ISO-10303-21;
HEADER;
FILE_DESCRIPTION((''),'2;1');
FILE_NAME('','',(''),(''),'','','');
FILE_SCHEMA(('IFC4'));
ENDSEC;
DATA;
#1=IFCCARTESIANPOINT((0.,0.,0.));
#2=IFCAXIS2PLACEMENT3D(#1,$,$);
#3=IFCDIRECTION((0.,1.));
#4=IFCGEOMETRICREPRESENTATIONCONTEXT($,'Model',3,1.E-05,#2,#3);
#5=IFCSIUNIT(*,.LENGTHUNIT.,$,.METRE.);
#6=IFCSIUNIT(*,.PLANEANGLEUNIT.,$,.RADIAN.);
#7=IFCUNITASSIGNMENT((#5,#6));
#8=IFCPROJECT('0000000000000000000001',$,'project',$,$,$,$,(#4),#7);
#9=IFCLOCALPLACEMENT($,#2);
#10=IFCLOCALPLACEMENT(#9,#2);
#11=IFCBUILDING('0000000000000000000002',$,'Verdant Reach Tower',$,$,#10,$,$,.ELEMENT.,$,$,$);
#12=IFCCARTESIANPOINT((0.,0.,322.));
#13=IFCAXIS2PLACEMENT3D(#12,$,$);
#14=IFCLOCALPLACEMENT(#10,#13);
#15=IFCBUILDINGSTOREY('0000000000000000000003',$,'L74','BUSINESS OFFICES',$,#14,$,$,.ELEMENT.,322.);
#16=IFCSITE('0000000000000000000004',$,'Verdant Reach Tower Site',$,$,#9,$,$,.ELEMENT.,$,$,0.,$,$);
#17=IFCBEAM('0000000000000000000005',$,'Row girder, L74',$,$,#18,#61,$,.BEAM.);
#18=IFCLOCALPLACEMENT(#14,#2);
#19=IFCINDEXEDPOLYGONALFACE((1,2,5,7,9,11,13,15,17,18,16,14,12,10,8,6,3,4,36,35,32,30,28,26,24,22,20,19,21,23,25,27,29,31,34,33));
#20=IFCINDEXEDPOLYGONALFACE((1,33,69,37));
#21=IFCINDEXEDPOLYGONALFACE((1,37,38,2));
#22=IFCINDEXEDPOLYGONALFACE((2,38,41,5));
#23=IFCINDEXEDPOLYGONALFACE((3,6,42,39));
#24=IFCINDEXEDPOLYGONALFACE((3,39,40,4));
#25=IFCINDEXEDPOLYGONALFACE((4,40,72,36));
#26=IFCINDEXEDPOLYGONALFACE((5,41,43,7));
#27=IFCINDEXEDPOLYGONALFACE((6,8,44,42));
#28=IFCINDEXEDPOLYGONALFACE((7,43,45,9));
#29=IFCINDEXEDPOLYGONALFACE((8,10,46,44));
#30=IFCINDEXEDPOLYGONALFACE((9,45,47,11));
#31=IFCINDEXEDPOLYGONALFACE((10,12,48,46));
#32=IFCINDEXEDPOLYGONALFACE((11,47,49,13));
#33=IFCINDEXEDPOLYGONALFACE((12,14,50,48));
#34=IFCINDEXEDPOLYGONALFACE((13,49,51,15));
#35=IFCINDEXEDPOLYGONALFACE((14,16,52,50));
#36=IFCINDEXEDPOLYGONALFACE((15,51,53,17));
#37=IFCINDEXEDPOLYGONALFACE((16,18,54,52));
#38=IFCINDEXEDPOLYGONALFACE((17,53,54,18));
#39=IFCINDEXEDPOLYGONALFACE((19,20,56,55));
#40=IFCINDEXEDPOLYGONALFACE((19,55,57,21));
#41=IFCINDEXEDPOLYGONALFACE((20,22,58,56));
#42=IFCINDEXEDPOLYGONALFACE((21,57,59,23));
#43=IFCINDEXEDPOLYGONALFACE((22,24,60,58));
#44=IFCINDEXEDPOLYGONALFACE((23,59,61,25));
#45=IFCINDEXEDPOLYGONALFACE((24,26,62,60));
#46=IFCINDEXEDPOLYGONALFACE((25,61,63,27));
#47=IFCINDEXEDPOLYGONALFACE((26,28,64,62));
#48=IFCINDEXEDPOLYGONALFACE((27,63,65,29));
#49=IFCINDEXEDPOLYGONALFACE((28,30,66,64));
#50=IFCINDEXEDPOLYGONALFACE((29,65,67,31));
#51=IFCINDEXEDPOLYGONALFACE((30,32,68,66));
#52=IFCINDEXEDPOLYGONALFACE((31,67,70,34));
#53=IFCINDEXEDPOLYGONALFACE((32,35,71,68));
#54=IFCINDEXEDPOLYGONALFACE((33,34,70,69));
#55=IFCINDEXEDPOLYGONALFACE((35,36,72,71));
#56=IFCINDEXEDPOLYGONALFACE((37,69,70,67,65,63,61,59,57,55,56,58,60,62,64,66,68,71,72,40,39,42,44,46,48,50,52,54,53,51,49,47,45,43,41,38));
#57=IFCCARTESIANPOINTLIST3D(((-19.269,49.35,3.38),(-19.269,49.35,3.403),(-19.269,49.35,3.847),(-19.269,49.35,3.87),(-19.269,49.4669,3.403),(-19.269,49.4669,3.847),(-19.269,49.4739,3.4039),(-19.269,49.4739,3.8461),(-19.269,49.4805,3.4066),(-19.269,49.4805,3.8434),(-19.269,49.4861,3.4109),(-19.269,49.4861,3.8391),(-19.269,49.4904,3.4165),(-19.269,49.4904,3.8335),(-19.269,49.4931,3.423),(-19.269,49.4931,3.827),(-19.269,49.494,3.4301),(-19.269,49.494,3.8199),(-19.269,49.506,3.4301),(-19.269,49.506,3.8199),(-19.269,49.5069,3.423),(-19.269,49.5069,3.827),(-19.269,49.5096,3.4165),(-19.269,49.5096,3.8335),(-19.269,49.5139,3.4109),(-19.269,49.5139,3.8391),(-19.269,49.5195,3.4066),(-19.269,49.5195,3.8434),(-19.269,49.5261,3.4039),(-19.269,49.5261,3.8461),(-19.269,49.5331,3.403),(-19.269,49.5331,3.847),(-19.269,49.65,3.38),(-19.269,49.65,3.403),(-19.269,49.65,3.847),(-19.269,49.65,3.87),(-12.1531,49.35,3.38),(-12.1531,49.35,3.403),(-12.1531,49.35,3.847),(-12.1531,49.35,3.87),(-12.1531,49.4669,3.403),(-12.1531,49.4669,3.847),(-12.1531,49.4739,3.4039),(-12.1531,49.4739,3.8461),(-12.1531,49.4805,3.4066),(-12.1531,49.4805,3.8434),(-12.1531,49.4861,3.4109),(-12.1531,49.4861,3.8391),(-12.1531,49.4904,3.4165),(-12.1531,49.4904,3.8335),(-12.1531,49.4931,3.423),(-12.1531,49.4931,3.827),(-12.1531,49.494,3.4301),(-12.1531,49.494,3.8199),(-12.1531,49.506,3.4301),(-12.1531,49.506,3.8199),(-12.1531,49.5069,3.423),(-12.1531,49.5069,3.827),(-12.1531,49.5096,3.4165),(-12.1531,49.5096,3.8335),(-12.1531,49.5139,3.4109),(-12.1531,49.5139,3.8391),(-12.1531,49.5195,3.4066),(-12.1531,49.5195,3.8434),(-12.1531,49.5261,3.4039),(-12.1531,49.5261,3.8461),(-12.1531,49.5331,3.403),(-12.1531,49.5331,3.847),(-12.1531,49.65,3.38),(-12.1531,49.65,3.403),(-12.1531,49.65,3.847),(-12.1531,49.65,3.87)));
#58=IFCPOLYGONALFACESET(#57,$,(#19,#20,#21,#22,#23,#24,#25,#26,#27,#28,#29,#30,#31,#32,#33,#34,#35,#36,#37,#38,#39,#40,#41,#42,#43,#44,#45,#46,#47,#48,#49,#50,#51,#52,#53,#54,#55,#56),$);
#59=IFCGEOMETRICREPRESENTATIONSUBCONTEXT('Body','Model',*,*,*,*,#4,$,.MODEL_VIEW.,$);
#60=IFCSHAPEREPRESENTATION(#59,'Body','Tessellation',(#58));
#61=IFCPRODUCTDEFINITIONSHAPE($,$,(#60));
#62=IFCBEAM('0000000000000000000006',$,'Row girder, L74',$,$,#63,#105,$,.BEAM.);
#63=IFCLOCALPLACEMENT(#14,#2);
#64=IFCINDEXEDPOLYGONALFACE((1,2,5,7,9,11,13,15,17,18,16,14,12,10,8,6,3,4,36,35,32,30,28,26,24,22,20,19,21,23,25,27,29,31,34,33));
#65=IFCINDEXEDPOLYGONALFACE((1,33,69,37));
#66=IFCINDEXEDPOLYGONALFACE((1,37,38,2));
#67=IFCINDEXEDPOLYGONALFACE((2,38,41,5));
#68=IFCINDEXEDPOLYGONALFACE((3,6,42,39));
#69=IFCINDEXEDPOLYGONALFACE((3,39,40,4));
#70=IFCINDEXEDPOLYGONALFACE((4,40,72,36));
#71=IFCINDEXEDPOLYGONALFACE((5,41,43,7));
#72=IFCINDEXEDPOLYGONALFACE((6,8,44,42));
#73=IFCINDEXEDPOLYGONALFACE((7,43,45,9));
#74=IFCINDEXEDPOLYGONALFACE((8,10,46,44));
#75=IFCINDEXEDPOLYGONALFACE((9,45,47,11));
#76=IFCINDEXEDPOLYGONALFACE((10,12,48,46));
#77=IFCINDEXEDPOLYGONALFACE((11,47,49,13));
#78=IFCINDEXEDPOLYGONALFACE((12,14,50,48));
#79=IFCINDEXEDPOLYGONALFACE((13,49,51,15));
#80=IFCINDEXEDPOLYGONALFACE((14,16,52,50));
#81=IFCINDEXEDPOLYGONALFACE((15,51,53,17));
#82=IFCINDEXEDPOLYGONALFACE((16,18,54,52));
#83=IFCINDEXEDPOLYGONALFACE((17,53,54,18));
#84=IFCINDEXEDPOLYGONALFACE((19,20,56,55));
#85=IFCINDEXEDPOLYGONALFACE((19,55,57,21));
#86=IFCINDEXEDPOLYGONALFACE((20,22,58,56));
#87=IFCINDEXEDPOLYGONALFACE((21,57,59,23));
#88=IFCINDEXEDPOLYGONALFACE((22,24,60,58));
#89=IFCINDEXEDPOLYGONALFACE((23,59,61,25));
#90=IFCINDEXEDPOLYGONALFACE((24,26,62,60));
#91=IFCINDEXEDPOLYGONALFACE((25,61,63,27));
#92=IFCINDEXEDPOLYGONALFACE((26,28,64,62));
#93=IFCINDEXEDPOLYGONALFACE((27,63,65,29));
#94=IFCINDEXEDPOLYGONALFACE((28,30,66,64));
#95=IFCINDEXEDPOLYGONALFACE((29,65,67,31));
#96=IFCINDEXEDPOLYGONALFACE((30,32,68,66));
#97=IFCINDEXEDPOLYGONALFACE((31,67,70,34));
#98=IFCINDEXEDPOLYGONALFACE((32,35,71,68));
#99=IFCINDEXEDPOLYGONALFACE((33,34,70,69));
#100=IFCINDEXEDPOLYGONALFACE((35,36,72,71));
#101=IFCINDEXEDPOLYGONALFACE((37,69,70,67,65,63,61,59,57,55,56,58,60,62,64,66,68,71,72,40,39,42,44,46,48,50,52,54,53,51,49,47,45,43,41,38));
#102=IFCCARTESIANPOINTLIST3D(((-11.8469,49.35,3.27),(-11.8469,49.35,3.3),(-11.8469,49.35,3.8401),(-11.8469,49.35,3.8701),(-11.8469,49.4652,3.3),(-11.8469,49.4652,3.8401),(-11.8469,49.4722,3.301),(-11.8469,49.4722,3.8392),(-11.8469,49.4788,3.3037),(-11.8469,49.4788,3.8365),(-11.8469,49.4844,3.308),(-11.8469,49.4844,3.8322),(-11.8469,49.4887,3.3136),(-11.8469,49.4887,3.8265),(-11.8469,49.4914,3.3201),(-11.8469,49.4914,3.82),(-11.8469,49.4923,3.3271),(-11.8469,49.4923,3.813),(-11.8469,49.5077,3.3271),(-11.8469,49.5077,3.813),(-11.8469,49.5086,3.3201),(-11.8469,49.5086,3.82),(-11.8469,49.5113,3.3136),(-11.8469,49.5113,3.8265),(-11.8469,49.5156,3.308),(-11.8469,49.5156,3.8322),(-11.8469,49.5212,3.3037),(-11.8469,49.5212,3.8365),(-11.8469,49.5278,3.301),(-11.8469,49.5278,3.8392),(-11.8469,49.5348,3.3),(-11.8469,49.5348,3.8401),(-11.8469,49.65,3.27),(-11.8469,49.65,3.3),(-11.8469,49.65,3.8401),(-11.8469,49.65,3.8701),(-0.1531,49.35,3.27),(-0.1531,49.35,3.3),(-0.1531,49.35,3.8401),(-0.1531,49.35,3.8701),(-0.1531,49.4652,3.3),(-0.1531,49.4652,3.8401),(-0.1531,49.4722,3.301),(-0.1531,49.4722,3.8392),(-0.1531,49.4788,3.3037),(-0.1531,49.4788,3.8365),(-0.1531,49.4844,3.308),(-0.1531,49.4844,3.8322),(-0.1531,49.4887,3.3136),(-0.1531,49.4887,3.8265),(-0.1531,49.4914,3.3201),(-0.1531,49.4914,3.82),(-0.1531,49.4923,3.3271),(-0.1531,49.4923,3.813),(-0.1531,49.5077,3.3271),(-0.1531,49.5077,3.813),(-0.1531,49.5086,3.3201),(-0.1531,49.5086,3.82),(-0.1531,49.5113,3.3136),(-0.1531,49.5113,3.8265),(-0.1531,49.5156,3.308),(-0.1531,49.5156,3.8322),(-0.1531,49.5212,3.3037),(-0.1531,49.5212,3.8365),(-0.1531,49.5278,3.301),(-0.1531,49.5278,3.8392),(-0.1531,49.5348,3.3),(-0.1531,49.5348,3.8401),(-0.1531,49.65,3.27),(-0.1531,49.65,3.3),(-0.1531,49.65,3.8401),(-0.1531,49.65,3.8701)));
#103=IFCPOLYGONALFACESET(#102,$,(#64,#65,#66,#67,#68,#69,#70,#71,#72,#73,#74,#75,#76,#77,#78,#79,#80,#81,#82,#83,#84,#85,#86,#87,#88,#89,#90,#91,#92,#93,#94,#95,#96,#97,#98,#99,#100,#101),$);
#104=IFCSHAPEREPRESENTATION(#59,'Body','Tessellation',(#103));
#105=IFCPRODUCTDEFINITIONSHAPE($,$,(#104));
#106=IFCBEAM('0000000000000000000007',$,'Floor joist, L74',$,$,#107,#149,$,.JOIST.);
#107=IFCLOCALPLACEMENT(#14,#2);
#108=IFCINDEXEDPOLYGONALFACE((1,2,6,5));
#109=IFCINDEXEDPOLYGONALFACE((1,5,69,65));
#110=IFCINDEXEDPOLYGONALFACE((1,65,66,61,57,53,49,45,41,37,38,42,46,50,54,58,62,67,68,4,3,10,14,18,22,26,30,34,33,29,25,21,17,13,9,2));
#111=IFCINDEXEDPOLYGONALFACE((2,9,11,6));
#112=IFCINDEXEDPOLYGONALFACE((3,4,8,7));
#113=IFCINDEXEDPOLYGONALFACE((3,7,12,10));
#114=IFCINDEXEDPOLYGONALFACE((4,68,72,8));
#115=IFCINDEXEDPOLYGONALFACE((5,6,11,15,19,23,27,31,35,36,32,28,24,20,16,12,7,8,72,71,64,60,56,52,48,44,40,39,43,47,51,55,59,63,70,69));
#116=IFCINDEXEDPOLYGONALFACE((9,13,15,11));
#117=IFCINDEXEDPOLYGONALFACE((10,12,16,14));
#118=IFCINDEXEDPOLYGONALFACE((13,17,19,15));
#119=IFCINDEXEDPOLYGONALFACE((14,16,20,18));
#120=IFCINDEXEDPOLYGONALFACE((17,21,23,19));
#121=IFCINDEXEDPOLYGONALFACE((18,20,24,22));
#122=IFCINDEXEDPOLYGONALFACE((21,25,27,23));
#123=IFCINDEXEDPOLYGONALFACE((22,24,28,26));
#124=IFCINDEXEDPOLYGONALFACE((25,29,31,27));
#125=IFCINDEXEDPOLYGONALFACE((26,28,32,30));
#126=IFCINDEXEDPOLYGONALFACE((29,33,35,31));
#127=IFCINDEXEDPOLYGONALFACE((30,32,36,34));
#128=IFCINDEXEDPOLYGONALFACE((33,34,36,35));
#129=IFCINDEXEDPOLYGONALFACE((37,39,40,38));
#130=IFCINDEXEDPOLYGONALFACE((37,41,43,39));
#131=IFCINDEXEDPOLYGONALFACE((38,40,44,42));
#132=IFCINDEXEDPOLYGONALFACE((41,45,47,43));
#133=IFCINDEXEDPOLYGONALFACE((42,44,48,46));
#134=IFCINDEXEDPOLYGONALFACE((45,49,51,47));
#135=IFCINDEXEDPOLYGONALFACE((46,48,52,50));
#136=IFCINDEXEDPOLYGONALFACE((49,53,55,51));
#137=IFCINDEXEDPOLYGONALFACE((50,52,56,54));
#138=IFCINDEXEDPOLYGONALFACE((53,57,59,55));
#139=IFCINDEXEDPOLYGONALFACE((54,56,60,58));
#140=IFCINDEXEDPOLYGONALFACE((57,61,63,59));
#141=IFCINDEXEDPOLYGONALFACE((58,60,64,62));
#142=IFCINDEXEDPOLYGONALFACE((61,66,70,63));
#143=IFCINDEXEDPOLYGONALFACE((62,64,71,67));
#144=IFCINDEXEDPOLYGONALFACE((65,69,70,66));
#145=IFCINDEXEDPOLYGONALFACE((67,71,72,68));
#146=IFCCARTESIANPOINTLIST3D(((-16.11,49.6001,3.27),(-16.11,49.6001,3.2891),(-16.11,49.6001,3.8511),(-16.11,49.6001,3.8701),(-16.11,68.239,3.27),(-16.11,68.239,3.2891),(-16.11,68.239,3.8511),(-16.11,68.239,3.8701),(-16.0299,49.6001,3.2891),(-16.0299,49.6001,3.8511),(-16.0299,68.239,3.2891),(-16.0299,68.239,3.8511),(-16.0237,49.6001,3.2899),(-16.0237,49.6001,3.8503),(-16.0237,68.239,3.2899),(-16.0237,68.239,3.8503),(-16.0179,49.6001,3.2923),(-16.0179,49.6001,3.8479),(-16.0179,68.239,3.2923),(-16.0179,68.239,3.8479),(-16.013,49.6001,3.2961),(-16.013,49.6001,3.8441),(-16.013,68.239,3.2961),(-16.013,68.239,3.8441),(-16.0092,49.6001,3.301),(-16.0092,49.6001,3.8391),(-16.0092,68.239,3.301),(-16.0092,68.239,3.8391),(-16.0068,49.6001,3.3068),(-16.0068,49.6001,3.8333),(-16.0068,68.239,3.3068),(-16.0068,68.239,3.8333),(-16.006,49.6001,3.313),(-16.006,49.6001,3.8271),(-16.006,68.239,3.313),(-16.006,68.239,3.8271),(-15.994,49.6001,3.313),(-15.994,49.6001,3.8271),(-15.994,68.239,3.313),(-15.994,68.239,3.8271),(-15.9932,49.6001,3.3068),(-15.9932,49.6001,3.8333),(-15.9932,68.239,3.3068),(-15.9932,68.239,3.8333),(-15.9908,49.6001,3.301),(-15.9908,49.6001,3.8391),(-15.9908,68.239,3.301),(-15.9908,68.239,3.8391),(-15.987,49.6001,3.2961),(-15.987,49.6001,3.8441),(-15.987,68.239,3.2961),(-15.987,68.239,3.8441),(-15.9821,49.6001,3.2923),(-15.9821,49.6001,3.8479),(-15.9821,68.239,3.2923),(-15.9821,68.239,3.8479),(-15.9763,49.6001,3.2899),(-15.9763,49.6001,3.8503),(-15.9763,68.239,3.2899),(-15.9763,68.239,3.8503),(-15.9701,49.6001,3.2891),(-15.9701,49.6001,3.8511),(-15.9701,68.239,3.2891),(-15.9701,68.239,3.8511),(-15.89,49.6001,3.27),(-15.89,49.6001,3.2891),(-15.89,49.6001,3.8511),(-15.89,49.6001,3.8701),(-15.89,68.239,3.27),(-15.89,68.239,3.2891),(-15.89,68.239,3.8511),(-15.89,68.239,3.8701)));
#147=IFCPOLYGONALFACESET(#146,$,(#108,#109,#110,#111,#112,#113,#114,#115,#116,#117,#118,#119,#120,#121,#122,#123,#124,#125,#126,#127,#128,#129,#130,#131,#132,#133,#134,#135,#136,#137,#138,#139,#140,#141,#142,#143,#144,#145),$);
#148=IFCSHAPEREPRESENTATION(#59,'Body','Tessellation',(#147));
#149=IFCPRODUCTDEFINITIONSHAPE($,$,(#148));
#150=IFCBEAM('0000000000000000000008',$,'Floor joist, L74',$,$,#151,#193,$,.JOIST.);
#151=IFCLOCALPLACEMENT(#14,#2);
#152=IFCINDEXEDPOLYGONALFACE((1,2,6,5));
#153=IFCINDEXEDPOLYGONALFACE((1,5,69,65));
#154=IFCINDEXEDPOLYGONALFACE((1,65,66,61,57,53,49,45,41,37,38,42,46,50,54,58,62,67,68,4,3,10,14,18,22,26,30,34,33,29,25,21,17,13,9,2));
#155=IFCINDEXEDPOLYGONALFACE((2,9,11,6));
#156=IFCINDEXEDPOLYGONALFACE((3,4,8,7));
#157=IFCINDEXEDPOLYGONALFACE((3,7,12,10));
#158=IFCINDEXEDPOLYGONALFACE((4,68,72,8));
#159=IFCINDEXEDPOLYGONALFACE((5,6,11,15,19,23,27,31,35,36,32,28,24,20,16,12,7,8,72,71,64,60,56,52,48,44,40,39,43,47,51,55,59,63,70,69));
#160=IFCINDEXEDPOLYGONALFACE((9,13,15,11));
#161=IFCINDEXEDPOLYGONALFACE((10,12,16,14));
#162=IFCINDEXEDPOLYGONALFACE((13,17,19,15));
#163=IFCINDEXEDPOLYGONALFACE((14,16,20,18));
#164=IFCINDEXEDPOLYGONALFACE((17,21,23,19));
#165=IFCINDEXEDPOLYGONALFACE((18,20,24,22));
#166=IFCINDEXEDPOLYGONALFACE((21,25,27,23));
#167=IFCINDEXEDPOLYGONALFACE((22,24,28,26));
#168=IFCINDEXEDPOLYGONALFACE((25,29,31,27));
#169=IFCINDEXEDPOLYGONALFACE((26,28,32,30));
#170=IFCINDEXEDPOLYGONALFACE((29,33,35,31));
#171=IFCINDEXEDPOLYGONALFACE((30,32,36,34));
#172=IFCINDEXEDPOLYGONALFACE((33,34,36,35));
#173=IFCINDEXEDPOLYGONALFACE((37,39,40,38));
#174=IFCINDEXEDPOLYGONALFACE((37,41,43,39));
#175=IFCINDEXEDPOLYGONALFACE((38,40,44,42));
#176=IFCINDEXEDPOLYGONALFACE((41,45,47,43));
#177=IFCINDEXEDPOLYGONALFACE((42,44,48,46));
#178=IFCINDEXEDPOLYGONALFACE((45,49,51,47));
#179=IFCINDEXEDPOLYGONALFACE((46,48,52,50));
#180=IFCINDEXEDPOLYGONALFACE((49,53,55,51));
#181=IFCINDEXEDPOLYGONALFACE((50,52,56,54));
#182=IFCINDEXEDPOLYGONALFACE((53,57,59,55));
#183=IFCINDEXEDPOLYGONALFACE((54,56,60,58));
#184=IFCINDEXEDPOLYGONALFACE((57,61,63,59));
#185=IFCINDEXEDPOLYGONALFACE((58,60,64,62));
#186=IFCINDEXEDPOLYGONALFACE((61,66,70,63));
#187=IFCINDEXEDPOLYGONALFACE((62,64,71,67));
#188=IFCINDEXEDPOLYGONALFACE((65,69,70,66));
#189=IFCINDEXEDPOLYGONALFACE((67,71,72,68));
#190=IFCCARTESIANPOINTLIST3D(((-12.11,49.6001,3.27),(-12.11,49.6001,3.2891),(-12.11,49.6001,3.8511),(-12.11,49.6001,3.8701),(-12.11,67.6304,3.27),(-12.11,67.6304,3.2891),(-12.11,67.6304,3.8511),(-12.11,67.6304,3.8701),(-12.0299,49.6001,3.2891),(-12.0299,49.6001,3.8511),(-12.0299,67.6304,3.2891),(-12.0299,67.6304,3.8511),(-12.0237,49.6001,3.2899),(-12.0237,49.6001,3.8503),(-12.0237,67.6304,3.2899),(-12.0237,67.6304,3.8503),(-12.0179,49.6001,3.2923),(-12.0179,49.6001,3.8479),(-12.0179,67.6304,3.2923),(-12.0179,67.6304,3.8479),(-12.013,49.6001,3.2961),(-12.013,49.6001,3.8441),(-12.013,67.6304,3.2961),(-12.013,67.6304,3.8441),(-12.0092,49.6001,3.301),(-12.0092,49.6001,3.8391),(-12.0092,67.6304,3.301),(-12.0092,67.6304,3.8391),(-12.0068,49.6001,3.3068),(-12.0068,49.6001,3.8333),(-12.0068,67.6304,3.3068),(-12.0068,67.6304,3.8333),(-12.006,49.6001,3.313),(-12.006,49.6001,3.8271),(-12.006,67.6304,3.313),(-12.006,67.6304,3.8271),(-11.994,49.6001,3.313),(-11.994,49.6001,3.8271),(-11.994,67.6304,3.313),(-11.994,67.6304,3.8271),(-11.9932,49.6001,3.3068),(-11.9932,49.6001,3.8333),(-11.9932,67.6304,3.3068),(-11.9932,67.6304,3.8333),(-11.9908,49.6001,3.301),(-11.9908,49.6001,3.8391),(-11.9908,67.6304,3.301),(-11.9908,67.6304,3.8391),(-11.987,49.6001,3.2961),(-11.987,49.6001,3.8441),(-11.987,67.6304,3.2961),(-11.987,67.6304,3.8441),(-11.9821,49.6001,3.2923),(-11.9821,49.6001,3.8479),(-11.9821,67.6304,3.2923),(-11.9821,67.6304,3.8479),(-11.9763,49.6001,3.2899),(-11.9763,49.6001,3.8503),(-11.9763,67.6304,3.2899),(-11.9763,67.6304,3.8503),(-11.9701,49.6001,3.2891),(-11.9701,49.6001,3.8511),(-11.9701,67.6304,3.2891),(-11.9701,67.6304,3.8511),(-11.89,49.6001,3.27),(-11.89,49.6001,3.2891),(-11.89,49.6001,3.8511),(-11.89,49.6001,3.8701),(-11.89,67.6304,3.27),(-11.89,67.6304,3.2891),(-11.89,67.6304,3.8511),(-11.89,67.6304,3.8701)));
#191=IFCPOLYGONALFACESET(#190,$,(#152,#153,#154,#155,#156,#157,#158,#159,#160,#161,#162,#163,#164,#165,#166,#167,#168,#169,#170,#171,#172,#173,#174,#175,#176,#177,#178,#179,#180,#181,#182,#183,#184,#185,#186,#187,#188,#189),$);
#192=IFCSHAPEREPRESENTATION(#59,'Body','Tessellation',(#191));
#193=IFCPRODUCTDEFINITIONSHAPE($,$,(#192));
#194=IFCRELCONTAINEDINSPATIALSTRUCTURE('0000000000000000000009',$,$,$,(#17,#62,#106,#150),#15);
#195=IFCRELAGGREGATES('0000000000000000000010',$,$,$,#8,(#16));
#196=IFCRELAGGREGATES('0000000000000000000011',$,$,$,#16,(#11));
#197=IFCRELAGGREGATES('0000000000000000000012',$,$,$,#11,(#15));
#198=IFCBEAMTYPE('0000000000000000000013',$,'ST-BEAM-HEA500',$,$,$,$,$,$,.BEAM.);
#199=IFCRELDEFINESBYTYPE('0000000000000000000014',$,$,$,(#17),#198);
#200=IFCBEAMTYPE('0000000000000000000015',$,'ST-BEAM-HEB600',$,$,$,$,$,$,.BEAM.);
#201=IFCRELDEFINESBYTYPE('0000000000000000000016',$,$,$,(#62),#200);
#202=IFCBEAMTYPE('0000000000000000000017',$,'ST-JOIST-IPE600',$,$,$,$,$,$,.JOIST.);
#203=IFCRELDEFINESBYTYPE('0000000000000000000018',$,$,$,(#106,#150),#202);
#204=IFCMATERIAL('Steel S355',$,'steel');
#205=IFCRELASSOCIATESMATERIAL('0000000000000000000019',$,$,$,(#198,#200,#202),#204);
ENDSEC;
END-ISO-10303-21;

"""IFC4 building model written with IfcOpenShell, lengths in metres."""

from ifc_helpers import new_model, si_unit, direction, frame, origin, origin_2d, place, context, subcontext, project, spatial, i_section, extrude, material, material_profile, profile_set, type_object, element, save


model = new_model("IFC4")

# Units and contexts
model_context = context("Model", 3, precision=1e-05, world=origin(), true_north=direction((0.0, 1.0)))
body_context = subcontext(model_context, "Body", "Model", "MODEL_VIEW")
ifc_project = project(units=[si_unit("LENGTHUNIT", "METRE"), si_unit("PLANEANGLEUNIT", "RADIAN")], contexts=[model_context])

# Site, building, storey
site_placement = place(None, origin())
site = spatial("IfcSite", under=ifc_project, at=site_placement, Name="Verdant Reach Tower Site", CompositionType="ELEMENT", RefElevation=0.0)
building_placement = place(site_placement, origin())
building = spatial("IfcBuilding", under=site, at=building_placement, Name="Verdant Reach Tower", CompositionType="ELEMENT")
storey_placement = place(building_placement, frame((0.0, 0.0, 322.0)))
storey = spatial("IfcBuildingStorey", under=building, at=storey_placement, Name="L74", Description="BUSINESS OFFICES", CompositionType="ELEMENT", Elevation=322.0)

# Beams
ifc_material_1 = material(Name="Steel S355", Category="steel")
ifc_material_profile_1 = material_profile(ifc_material_1, i_section(OverallWidth=0.3, OverallDepth=0.49, WebThickness=0.012, FlangeThickness=0.0229, FilletRadius=0.0271, at=origin_2d()), Name="HEA 500")
ifc_profile_set_1 = profile_set([ifc_material_profile_1], Name="Steel S355")
beam_type_1 = type_object("IfcBeamType", Name="ST-BEAM-HEA500", PredefinedType="BEAM", material=ifc_profile_set_1)
beam_1_placement = place(storey_placement, frame((-19.269, 49.5, 3.625), z_axis=(1.0, 0.0, 0.0), x_axis=(0.0, 1.0, 0.0)))
element("IfcBeam", 1, at=beam_1_placement, inside=storey, type_object=beam_type_1, Name="Row girder, L74", PredefinedType="BEAM", context=body_context, shape_type="SweptSolid", body=[
    extrude(i_section(OverallWidth=0.3, OverallDepth=0.49, WebThickness=0.012, FlangeThickness=0.0229, FilletRadius=0.0271, at=origin_2d()), origin(), (0.0, 0.0, 1.0), 7.116),
])
ifc_material_profile_2 = material_profile(ifc_material_1, i_section(OverallWidth=0.3, OverallDepth=0.6001, WebThickness=0.0154, FlangeThickness=0.03, FilletRadius=0.0271, at=origin_2d()), Name="HEB 600")
ifc_profile_set_2 = profile_set([ifc_material_profile_2], Name="Steel S355")
beam_type_2 = type_object("IfcBeamType", Name="ST-BEAM-HEB600", PredefinedType="BEAM", material=ifc_profile_set_2)
beam_2_placement = place(storey_placement, frame((-11.8469, 49.5, 3.5701), z_axis=(1.0, 0.0, 0.0), x_axis=(0.0, 1.0, 0.0)))
element("IfcBeam", 2, at=beam_2_placement, inside=storey, type_object=beam_type_2, Name="Row girder, L74", PredefinedType="BEAM", context=body_context, shape_type="SweptSolid", body=[
    extrude(i_section(OverallWidth=0.3, OverallDepth=0.6001, WebThickness=0.0154, FlangeThickness=0.03, FilletRadius=0.0271, at=origin_2d()), origin(), (0.0, 0.0, 1.0), 11.6938),
])
ifc_material_profile_3 = material_profile(ifc_material_1, i_section(OverallWidth=0.22, OverallDepth=0.6001, WebThickness=0.012, FlangeThickness=0.019, FilletRadius=0.0239, at=origin_2d()), Name="IPE 600")
ifc_profile_set_3 = profile_set([ifc_material_profile_3], Name="Steel S355")
beam_type_3 = type_object("IfcBeamType", Name="ST-JOIST-IPE600", PredefinedType="JOIST", material=ifc_profile_set_3)
beam_3_placement = place(storey_placement, frame((-16.0, 49.6001, 3.5701), z_axis=(0.0, 1.0, 0.0), x_axis=(-1.0, 0.0, 0.0)))
element("IfcBeam", 3, at=beam_3_placement, inside=storey, type_object=beam_type_3, Name="Floor joist, L74", PredefinedType="JOIST", context=body_context, shape_type="SweptSolid", body=[
    extrude(i_section(OverallWidth=0.22, OverallDepth=0.6001, WebThickness=0.012, FlangeThickness=0.019, FilletRadius=0.0239, at=origin_2d()), origin(), (0.0, 0.0, 1.0), 18.6389),
])
beam_4_placement = place(storey_placement, frame((-12.0, 49.6001, 3.5701), z_axis=(0.0, 1.0, 0.0), x_axis=(-1.0, 0.0, 0.0)))
element("IfcBeam", 4, at=beam_4_placement, inside=storey, type_object=beam_type_3, Name="Floor joist, L74", PredefinedType="JOIST", context=body_context, shape_type="SweptSolid", body=[
    extrude(i_section(OverallWidth=0.22, OverallDepth=0.6001, WebThickness=0.012, FlangeThickness=0.019, FilletRadius=0.0239, at=origin_2d()), origin(), (0.0, 0.0, 1.0), 18.0303),
])

save(model, "model.ifc")
